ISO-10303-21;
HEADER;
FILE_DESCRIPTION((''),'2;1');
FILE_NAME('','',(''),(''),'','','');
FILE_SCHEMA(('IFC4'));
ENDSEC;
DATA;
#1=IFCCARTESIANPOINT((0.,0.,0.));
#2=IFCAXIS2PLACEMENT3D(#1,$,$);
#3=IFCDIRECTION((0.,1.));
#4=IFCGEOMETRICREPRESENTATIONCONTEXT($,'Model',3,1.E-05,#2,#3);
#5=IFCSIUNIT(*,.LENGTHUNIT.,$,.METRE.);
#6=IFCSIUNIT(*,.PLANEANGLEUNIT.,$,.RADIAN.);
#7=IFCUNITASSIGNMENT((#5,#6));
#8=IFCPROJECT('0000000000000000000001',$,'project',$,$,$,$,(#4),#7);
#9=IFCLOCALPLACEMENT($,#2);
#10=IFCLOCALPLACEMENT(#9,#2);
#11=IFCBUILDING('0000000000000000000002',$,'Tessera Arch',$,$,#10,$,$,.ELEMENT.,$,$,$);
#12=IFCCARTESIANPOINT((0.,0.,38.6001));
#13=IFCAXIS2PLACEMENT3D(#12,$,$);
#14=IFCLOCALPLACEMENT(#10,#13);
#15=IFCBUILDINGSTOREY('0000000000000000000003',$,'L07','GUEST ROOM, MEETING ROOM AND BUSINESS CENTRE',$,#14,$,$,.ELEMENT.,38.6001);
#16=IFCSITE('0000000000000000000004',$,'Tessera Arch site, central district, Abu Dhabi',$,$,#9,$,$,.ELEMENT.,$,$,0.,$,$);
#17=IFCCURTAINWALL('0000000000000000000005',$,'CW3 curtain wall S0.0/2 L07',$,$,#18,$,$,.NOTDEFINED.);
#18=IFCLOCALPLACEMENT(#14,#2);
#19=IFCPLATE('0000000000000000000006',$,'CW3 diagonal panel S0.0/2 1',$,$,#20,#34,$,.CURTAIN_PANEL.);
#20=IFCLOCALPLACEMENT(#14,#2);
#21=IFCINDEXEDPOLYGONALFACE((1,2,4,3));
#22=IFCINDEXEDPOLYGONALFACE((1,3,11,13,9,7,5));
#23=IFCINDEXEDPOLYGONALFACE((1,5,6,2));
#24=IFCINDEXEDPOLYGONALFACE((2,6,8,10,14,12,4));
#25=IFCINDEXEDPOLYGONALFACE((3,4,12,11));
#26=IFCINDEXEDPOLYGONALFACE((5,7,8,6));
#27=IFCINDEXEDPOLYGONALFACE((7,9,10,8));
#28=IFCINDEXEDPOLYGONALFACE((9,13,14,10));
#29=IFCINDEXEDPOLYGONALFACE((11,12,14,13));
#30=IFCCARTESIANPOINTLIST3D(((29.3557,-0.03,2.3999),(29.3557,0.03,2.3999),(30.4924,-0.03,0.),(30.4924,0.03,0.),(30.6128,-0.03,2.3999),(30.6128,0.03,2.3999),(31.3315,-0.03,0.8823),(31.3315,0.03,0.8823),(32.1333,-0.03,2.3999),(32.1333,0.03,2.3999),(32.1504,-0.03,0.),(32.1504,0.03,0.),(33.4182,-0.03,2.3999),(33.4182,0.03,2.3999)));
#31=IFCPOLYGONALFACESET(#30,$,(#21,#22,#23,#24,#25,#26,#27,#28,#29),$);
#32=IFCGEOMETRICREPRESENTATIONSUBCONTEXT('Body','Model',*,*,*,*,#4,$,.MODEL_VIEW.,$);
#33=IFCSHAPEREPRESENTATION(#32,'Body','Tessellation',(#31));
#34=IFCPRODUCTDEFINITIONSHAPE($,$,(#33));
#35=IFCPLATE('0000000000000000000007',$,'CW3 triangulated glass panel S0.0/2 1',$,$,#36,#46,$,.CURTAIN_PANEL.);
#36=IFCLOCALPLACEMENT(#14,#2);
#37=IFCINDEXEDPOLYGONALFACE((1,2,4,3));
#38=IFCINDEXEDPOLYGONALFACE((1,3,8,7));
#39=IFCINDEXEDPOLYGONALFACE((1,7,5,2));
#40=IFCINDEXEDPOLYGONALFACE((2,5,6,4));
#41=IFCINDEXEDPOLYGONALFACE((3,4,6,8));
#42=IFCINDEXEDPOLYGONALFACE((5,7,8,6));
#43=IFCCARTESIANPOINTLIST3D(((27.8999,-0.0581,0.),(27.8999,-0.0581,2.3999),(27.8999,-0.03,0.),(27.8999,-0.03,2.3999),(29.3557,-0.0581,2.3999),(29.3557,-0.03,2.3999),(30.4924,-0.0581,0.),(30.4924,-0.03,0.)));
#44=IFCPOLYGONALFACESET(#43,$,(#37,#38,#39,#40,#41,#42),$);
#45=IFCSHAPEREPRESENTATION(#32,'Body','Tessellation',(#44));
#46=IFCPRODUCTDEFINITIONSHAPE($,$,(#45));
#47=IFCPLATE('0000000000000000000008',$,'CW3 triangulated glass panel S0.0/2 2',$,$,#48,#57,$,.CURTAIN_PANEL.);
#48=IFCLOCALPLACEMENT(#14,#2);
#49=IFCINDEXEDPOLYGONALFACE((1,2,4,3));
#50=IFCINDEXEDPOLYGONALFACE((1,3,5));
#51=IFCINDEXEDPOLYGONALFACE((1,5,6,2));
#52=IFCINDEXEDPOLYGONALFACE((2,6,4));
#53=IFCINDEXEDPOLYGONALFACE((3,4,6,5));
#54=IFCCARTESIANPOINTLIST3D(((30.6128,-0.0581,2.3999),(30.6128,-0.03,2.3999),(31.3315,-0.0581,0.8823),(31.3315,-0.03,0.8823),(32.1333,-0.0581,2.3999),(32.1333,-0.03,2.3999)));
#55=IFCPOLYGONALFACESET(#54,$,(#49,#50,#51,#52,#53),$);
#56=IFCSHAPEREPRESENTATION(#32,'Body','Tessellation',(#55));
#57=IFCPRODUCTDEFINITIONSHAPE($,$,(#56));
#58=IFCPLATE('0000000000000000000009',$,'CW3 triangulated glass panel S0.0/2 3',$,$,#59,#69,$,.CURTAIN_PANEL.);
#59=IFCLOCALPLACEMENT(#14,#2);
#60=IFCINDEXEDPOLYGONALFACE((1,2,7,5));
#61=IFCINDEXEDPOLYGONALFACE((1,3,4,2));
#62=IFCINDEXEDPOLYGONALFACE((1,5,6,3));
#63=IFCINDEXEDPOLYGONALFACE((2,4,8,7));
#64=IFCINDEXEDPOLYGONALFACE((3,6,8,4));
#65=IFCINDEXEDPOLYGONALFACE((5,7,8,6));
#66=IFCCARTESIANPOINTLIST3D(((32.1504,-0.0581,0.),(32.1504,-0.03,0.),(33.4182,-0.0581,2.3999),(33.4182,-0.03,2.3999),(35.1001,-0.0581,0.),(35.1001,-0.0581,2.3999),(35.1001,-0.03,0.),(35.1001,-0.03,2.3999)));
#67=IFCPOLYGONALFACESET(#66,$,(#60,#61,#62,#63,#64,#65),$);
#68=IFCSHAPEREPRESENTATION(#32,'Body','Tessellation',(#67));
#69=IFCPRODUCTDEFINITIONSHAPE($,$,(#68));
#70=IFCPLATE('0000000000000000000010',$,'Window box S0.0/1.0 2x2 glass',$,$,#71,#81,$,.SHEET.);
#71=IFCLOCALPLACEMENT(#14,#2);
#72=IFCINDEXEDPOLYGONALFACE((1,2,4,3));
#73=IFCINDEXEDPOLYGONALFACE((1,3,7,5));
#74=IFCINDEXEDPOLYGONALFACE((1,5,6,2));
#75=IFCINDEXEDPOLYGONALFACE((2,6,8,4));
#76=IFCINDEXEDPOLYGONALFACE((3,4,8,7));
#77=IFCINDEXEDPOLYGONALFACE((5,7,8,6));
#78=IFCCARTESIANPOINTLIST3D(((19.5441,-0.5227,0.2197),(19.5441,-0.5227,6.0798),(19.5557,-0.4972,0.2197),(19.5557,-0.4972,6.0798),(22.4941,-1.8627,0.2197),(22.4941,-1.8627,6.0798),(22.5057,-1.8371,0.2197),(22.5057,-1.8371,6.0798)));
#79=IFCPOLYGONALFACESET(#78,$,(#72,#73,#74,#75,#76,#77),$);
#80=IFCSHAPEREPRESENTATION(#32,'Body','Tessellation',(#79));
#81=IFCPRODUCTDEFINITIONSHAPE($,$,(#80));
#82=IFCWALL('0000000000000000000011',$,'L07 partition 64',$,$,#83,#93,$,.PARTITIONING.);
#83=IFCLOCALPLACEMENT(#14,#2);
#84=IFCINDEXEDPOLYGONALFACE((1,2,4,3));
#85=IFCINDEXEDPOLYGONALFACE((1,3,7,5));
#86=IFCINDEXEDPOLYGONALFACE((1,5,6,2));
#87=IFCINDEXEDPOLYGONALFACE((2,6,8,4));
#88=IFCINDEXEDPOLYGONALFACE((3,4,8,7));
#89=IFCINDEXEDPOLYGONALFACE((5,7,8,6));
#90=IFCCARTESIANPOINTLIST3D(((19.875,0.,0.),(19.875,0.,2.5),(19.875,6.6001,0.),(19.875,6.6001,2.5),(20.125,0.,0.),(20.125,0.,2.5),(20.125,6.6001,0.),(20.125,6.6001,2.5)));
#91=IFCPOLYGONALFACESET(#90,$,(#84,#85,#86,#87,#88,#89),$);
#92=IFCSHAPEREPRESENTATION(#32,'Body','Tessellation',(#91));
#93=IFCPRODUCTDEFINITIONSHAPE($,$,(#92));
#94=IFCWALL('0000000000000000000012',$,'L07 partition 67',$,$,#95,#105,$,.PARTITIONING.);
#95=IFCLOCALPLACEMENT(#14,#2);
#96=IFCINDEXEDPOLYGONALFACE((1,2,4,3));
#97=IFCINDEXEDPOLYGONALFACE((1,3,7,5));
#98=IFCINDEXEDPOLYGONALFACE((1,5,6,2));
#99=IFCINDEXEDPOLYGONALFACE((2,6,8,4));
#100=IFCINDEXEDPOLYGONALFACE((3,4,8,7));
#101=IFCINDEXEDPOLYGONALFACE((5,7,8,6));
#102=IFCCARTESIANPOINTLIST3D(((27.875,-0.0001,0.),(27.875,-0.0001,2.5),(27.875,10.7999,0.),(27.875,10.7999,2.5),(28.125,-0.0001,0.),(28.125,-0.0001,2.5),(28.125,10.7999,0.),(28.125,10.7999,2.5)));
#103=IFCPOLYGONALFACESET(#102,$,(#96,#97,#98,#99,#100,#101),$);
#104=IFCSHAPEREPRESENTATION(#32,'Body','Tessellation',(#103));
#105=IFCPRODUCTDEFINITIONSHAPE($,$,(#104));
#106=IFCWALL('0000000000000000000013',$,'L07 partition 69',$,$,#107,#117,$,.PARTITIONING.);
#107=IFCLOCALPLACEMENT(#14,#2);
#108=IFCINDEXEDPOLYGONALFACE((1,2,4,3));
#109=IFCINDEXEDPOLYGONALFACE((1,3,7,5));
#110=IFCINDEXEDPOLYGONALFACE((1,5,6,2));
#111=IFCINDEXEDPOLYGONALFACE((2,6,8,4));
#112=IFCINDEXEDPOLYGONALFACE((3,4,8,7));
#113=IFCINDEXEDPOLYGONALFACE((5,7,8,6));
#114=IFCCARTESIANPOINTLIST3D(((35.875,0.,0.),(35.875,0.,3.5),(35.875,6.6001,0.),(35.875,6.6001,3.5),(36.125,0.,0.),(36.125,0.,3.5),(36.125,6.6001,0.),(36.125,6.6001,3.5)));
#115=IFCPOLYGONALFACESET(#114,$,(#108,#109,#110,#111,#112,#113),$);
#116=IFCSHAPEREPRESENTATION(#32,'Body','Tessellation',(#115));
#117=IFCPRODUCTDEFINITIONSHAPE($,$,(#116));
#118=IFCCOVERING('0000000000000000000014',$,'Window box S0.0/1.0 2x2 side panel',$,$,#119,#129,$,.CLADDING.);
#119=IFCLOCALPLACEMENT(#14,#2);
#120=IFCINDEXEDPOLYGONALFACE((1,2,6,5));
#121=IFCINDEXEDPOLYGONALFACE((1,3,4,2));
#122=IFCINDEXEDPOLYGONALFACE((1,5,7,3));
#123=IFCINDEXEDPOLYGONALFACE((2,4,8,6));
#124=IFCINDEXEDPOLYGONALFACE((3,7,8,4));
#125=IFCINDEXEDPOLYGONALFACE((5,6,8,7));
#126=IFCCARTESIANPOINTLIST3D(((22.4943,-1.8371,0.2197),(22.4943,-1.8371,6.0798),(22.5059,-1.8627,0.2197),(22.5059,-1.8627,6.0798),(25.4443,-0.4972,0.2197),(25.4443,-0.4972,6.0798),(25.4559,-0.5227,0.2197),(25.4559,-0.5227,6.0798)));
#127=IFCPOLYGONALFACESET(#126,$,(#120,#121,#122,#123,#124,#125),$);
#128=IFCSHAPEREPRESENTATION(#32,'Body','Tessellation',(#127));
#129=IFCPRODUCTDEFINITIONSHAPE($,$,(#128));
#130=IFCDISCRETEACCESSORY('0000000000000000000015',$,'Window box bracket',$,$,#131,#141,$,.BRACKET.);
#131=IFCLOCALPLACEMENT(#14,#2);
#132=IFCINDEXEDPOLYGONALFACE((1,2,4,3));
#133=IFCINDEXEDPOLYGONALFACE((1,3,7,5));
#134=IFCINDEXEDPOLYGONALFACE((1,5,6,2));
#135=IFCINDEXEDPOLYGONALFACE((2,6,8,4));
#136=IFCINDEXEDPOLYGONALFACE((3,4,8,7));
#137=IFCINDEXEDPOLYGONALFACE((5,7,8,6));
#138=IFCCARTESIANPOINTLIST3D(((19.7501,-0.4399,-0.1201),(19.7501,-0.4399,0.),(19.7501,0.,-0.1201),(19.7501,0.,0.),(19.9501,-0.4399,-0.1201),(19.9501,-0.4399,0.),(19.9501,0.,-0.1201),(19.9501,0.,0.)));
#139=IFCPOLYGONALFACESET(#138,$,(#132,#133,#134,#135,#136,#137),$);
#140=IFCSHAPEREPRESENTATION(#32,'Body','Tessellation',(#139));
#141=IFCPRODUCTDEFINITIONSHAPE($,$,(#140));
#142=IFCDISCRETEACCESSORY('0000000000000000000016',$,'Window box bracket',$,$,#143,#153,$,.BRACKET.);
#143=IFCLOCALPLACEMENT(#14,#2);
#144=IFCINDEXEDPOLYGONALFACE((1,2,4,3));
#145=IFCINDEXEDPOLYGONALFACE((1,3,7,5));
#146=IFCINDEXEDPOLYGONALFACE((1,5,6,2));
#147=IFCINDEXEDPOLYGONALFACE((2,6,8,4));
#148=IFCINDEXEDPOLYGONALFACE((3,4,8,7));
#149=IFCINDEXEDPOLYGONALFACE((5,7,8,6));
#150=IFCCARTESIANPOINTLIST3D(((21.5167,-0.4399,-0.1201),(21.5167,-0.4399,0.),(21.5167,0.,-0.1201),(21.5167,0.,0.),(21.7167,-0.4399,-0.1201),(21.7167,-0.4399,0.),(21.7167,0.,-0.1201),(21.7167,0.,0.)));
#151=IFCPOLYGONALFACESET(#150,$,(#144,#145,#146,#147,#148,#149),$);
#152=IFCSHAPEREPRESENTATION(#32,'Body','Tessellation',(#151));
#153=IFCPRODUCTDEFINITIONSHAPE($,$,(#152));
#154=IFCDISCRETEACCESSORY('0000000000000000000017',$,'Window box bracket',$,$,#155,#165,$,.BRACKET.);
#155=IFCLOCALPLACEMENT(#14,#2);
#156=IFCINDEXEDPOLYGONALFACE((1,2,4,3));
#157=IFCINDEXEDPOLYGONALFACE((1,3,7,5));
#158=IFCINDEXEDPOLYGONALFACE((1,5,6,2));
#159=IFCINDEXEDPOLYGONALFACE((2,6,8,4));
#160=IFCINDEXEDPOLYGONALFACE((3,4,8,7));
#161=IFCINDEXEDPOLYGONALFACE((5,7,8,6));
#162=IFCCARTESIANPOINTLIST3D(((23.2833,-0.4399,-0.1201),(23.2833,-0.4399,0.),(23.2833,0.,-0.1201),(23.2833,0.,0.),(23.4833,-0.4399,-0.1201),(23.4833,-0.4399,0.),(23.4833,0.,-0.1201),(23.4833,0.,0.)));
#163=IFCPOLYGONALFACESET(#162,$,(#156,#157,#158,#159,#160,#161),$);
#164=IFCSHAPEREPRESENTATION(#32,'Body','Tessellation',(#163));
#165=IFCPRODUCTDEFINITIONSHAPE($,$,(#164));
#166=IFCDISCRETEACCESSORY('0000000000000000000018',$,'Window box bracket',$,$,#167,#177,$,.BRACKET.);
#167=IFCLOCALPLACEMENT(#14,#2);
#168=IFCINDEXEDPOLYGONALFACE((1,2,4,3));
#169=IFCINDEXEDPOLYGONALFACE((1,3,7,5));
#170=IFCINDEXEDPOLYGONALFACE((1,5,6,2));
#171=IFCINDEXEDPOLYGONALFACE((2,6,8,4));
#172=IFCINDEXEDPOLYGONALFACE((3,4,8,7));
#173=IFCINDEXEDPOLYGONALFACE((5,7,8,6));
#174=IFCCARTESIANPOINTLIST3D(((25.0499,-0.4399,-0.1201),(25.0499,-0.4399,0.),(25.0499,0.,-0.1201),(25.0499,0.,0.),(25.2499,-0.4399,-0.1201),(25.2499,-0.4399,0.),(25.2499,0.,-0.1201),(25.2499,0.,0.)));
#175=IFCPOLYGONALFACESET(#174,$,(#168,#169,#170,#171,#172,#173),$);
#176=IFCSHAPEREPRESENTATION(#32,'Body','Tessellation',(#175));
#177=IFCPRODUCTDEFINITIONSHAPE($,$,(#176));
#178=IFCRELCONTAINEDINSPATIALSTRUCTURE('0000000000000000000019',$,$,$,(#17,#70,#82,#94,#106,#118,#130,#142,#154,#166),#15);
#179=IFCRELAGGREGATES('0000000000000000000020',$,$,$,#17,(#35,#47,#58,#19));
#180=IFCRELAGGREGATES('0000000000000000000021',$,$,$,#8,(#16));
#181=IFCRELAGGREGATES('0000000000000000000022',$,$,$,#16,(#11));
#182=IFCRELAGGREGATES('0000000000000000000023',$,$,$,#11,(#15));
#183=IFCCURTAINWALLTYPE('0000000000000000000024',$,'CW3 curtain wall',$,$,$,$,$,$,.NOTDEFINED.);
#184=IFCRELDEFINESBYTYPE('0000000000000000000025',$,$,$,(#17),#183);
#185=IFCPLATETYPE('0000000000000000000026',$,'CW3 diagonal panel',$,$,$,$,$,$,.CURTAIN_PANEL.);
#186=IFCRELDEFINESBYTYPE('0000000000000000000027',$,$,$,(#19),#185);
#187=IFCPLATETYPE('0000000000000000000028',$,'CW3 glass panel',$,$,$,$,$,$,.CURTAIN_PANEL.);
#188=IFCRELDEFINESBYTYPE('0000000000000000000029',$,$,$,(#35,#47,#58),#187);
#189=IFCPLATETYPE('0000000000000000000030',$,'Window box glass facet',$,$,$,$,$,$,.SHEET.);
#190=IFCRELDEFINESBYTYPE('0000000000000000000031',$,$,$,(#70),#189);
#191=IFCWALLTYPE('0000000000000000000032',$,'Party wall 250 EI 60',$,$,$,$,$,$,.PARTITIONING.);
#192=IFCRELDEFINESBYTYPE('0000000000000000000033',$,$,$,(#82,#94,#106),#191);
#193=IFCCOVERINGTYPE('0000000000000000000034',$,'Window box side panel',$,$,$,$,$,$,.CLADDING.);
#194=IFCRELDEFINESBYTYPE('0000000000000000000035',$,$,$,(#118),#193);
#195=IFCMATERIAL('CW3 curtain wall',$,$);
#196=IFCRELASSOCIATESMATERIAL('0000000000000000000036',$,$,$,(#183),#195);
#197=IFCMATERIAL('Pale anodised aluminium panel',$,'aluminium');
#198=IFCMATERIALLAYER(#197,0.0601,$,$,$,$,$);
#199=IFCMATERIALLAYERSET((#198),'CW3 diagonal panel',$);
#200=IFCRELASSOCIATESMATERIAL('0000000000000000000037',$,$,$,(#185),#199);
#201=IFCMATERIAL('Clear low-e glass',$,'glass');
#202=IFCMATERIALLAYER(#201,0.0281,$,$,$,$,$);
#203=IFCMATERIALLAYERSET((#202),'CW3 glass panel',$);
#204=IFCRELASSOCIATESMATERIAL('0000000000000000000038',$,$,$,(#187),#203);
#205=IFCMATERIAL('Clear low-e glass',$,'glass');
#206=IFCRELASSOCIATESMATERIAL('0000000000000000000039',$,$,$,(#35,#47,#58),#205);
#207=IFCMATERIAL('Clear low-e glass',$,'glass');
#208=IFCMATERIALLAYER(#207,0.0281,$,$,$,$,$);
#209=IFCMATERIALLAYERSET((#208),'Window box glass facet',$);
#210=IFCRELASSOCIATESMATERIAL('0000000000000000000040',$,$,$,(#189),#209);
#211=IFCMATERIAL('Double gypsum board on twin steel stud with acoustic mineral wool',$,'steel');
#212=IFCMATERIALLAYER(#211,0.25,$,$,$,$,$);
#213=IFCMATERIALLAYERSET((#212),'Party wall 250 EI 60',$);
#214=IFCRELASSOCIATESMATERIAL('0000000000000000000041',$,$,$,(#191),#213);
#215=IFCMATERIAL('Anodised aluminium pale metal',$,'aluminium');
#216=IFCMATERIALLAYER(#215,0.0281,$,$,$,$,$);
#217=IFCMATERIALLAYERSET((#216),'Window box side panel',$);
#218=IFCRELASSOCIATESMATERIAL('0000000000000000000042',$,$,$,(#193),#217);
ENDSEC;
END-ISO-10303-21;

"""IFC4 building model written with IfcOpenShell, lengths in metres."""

from ifc_helpers import new_model, si_unit, direction, frame, frame_2d, origin, origin_2d, place, context, subcontext, project, spatial, polyline, rectangle, outline, extrude, material, layer, layer_set, type_object, element, aggregate, save


model = new_model("IFC4")

# Units and contexts
model_context = context("Model", 3, precision=1e-05, world=origin(), true_north=direction((0.0, 1.0)))
body_context = subcontext(model_context, "Body", "Model", "MODEL_VIEW")
ifc_project = project(units=[si_unit("LENGTHUNIT", "METRE"), si_unit("PLANEANGLEUNIT", "RADIAN")], contexts=[model_context])

# Site, building, storey
site_placement = place(None, origin())
site = spatial("IfcSite", under=ifc_project, at=site_placement, Name="Tessera Arch site, central district, Abu Dhabi", CompositionType="ELEMENT", RefElevation=0.0)
building_placement = place(site_placement, origin())
building = spatial("IfcBuilding", under=site, at=building_placement, Name="Tessera Arch", CompositionType="ELEMENT")
storey_placement = place(building_placement, frame((0.0, 0.0, 38.6001)))
storey = spatial("IfcBuildingStorey", under=building, at=storey_placement, Name="L07", Description="GUEST ROOM, MEETING ROOM AND BUSINESS CENTRE", CompositionType="ELEMENT", Elevation=38.6001)

# Curtain wall
ifc_material_1 = material(Name="CW3 curtain wall")
curtain_wall_type_1 = type_object("IfcCurtainWallType", Name="CW3 curtain wall", PredefinedType="NOTDEFINED", material=ifc_material_1)
curtain_wall_1_placement = place(storey_placement, origin())
curtain_wall_1 = element("IfcCurtainWall", 1, at=curtain_wall_1_placement, inside=storey, type_object=curtain_wall_type_1, Name="CW3 curtain wall S0.0/2 L07", PredefinedType="NOTDEFINED")

# Plates
ifc_material_2 = material(Name="Clear low-e glass", Category="glass")
ifc_material_3 = material(Name="Pale anodised aluminium panel", Category="aluminium")
ifc_layer_1 = layer(ifc_material_3, 0.0601)
ifc_layer_set_1 = layer_set([ifc_layer_1], Name="CW3 diagonal panel")
plate_type_1 = type_object("IfcPlateType", Name="CW3 diagonal panel", PredefinedType="CURTAIN_PANEL", material=ifc_layer_set_1)
plate_1_placement = place(storey_placement, frame((33.4182, -0.03, 2.3999), z_axis=(0.0, -1.0, 0.0), x_axis=(-1.0, 0.0, 0.0)))
plate_1 = element("IfcPlate", 2, at=plate_1_placement, type_object=plate_type_1, Name="CW3 diagonal panel S0.0/2 1", PredefinedType="CURTAIN_PANEL", context=body_context, shape_type="SweptSolid", body=[
    extrude(outline(polyline([(0.0, 0.0), (1.2849, 0.0), (2.0867, 1.5176), (2.8054, 0.0), (4.0625, 0.0), (2.9258, 2.3999), (1.2678, 2.3999), (0.0, 0.0)])), origin(), (0.0, 0.0, -1.0), 0.0601),
])
ifc_material_4 = material(Name="Clear low-e glass", Category="glass")
ifc_layer_2 = layer(ifc_material_4, 0.0281)
ifc_layer_set_2 = layer_set([ifc_layer_2], Name="CW3 glass panel")
plate_type_2 = type_object("IfcPlateType", Name="CW3 glass panel", PredefinedType="CURTAIN_PANEL", material=ifc_layer_set_2)
plate_2_placement = place(storey_placement, frame((27.8999, -0.0581, 0.0), z_axis=(0.0, -1.0, 0.0), x_axis=(1.0, 0.0, 0.0)))
plate_2 = element("IfcPlate", 3, at=plate_2_placement, type_object=plate_type_2, material=ifc_material_2, Name="CW3 triangulated glass panel S0.0/2 1", PredefinedType="CURTAIN_PANEL", context=body_context, shape_type="SweptSolid", body=[
    extrude(outline(polyline([(0.0, 0.0), (2.5925, 0.0), (1.4558, 2.3999), (0.0, 2.3999), (0.0, 0.0)])), origin(), (0.0, 0.0, -1.0), 0.0281),
])
plate_3_placement = place(storey_placement, frame((32.1333, -0.0581, 2.3999), z_axis=(0.0, -1.0, 0.0), x_axis=(-1.0, 0.0, 0.0)))
plate_3 = element("IfcPlate", 4, at=plate_3_placement, type_object=plate_type_2, material=ifc_material_2, Name="CW3 triangulated glass panel S0.0/2 2", PredefinedType="CURTAIN_PANEL", context=body_context, shape_type="SweptSolid", body=[
    extrude(outline(polyline([(0.0, 0.0), (1.5205, 0.0), (0.8018, 1.5176), (0.0, 0.0)])), origin(), (0.0, 0.0, -1.0), 0.0281),
])
plate_4_placement = place(storey_placement, frame((35.1001, -0.0581, 2.3999), z_axis=(0.0, -1.0, 0.0), x_axis=(-1.0, 0.0, 0.0)))
plate_4 = element("IfcPlate", 5, at=plate_4_placement, type_object=plate_type_2, material=ifc_material_2, Name="CW3 triangulated glass panel S0.0/2 3", PredefinedType="CURTAIN_PANEL", context=body_context, shape_type="SweptSolid", body=[
    extrude(outline(polyline([(0.0, 0.0), (1.6819, 0.0), (2.9497, 2.3999), (0.0, 2.3999), (0.0, 0.0)])), origin(), (0.0, 0.0, -1.0), 0.0281),
])
aggregate(curtain_wall_1, [plate_2, plate_3, plate_4, plate_1])
ifc_material_5 = material(Name="Clear low-e glass", Category="glass")
ifc_layer_3 = layer(ifc_material_5, 0.0281)
ifc_layer_set_3 = layer_set([ifc_layer_3], Name="Window box glass facet")
plate_type_3 = type_object("IfcPlateType", Name="Window box glass facet", PredefinedType="SHEET", material=ifc_layer_set_3)
plate_5_placement = place(storey_placement, frame((21.0249, -1.1799, 0.2197), z_axis=(0.0, 0.0, 1.0), x_axis=(0.910472, -0.41357, 0.0)))
element("IfcPlate", 6, at=plate_5_placement, inside=storey, type_object=plate_type_3, Name="Window box S0.0/1.0 2x2 glass", PredefinedType="SHEET", context=body_context, shape_type="SweptSolid", body=[
    extrude(rectangle(XDim=3.24, YDim=0.0281, at=origin_2d()), origin(), (0.0, 0.0, 1.0), 5.8601),
])

# Walls
ifc_material_6 = material(Name="Double gypsum board on twin steel stud with acoustic mineral wool", Category="steel")
ifc_layer_4 = layer(ifc_material_6, 0.25)
ifc_layer_set_4 = layer_set([ifc_layer_4], Name="Party wall 250 EI 60")
wall_type = type_object("IfcWallType", Name="Party wall 250 EI 60", PredefinedType="PARTITIONING", material=ifc_layer_set_4)
wall_1_placement = place(storey_placement, frame((20.0, 0.0, 0.0), z_axis=(0.0, 0.0, 1.0), x_axis=(0.0, 1.0, 0.0)))
element("IfcWall", 7, at=wall_1_placement, inside=storey, type_object=wall_type, Name="L07 partition 64", PredefinedType="PARTITIONING", context=body_context, shape_type="SweptSolid", body=[
    extrude(rectangle(XDim=6.6001, YDim=0.25, at=frame_2d((3.3, 0.0))), origin(), (0.0, 0.0, 1.0), 2.5),
])
wall_2_placement = place(storey_placement, frame((28.0, 0.0, 0.0), z_axis=(0.0, 0.0, 1.0), x_axis=(0.0, 1.0, 0.0)))
element("IfcWall", 8, at=wall_2_placement, inside=storey, type_object=wall_type, Name="L07 partition 67", PredefinedType="PARTITIONING", context=body_context, shape_type="SweptSolid", body=[
    extrude(rectangle(XDim=10.8, YDim=0.25, at=frame_2d((5.3999, 0.0))), origin(), (0.0, 0.0, 1.0), 2.5),
])
wall_3_placement = place(storey_placement, frame((36.0, 0.0, 0.0), z_axis=(0.0, 0.0, 1.0), x_axis=(0.0, 1.0, 0.0)))
element("IfcWall", 9, at=wall_3_placement, inside=storey, type_object=wall_type, Name="L07 partition 69", PredefinedType="PARTITIONING", context=body_context, shape_type="SweptSolid", body=[
    extrude(rectangle(XDim=6.6001, YDim=0.25, at=frame_2d((3.3, 0.0))), origin(), (0.0, 0.0, 1.0), 3.5),
])

# Covering
ifc_material_7 = material(Name="Anodised aluminium pale metal", Category="aluminium")
ifc_layer_5 = layer(ifc_material_7, 0.0281)
ifc_layer_set_5 = layer_set([ifc_layer_5], Name="Window box side panel")
covering_type = type_object("IfcCoveringType", Name="Window box side panel", PredefinedType="CLADDING", material=ifc_layer_set_5)
covering_placement = place(storey_placement, frame((23.9751, -1.1799, 0.2197), z_axis=(0.0, 0.0, 1.0), x_axis=(-0.910472, -0.41357, 0.0)))
element("IfcCovering", 10, at=covering_placement, inside=storey, type_object=covering_type, Name="Window box S0.0/1.0 2x2 side panel", PredefinedType="CLADDING", context=body_context, shape_type="SweptSolid", body=[
    extrude(rectangle(XDim=3.24, YDim=0.0281, at=origin_2d()), origin(), (0.0, 0.0, 1.0), 5.8601),
])

# Discrete accessories
for number, where, z_axis, x_axis, name in (
    (11, (19.8501, -0.22, -0.1201), (0.0, 0.0, 1.0), (0.0, -1.0, 0.0), "Window box bracket"),
    (12, (21.6167, -0.22, -0.1201), (0.0, 0.0, 1.0), (0.0, -1.0, 0.0), "Window box bracket"),
    (13, (23.3833, -0.22, -0.1201), (0.0, 0.0, 1.0), (0.0, -1.0, 0.0), "Window box bracket"),
    (14, (25.1499, -0.22, -0.1201), (0.0, 0.0, 1.0), (0.0, -1.0, 0.0), "Window box bracket"),
):
    element("IfcDiscreteAccessory", number, at=place(storey_placement, frame(where, z_axis=z_axis, x_axis=x_axis)), inside=storey, Name=name, PredefinedType="BRACKET", context=body_context, shape_type="SweptSolid", body=[
        extrude(rectangle(XDim=0.4399, YDim=0.2, at=origin_2d()), origin(), (0.0, 0.0, 1.0), 0.1201),
    ])

save(model, "model.ifc")
